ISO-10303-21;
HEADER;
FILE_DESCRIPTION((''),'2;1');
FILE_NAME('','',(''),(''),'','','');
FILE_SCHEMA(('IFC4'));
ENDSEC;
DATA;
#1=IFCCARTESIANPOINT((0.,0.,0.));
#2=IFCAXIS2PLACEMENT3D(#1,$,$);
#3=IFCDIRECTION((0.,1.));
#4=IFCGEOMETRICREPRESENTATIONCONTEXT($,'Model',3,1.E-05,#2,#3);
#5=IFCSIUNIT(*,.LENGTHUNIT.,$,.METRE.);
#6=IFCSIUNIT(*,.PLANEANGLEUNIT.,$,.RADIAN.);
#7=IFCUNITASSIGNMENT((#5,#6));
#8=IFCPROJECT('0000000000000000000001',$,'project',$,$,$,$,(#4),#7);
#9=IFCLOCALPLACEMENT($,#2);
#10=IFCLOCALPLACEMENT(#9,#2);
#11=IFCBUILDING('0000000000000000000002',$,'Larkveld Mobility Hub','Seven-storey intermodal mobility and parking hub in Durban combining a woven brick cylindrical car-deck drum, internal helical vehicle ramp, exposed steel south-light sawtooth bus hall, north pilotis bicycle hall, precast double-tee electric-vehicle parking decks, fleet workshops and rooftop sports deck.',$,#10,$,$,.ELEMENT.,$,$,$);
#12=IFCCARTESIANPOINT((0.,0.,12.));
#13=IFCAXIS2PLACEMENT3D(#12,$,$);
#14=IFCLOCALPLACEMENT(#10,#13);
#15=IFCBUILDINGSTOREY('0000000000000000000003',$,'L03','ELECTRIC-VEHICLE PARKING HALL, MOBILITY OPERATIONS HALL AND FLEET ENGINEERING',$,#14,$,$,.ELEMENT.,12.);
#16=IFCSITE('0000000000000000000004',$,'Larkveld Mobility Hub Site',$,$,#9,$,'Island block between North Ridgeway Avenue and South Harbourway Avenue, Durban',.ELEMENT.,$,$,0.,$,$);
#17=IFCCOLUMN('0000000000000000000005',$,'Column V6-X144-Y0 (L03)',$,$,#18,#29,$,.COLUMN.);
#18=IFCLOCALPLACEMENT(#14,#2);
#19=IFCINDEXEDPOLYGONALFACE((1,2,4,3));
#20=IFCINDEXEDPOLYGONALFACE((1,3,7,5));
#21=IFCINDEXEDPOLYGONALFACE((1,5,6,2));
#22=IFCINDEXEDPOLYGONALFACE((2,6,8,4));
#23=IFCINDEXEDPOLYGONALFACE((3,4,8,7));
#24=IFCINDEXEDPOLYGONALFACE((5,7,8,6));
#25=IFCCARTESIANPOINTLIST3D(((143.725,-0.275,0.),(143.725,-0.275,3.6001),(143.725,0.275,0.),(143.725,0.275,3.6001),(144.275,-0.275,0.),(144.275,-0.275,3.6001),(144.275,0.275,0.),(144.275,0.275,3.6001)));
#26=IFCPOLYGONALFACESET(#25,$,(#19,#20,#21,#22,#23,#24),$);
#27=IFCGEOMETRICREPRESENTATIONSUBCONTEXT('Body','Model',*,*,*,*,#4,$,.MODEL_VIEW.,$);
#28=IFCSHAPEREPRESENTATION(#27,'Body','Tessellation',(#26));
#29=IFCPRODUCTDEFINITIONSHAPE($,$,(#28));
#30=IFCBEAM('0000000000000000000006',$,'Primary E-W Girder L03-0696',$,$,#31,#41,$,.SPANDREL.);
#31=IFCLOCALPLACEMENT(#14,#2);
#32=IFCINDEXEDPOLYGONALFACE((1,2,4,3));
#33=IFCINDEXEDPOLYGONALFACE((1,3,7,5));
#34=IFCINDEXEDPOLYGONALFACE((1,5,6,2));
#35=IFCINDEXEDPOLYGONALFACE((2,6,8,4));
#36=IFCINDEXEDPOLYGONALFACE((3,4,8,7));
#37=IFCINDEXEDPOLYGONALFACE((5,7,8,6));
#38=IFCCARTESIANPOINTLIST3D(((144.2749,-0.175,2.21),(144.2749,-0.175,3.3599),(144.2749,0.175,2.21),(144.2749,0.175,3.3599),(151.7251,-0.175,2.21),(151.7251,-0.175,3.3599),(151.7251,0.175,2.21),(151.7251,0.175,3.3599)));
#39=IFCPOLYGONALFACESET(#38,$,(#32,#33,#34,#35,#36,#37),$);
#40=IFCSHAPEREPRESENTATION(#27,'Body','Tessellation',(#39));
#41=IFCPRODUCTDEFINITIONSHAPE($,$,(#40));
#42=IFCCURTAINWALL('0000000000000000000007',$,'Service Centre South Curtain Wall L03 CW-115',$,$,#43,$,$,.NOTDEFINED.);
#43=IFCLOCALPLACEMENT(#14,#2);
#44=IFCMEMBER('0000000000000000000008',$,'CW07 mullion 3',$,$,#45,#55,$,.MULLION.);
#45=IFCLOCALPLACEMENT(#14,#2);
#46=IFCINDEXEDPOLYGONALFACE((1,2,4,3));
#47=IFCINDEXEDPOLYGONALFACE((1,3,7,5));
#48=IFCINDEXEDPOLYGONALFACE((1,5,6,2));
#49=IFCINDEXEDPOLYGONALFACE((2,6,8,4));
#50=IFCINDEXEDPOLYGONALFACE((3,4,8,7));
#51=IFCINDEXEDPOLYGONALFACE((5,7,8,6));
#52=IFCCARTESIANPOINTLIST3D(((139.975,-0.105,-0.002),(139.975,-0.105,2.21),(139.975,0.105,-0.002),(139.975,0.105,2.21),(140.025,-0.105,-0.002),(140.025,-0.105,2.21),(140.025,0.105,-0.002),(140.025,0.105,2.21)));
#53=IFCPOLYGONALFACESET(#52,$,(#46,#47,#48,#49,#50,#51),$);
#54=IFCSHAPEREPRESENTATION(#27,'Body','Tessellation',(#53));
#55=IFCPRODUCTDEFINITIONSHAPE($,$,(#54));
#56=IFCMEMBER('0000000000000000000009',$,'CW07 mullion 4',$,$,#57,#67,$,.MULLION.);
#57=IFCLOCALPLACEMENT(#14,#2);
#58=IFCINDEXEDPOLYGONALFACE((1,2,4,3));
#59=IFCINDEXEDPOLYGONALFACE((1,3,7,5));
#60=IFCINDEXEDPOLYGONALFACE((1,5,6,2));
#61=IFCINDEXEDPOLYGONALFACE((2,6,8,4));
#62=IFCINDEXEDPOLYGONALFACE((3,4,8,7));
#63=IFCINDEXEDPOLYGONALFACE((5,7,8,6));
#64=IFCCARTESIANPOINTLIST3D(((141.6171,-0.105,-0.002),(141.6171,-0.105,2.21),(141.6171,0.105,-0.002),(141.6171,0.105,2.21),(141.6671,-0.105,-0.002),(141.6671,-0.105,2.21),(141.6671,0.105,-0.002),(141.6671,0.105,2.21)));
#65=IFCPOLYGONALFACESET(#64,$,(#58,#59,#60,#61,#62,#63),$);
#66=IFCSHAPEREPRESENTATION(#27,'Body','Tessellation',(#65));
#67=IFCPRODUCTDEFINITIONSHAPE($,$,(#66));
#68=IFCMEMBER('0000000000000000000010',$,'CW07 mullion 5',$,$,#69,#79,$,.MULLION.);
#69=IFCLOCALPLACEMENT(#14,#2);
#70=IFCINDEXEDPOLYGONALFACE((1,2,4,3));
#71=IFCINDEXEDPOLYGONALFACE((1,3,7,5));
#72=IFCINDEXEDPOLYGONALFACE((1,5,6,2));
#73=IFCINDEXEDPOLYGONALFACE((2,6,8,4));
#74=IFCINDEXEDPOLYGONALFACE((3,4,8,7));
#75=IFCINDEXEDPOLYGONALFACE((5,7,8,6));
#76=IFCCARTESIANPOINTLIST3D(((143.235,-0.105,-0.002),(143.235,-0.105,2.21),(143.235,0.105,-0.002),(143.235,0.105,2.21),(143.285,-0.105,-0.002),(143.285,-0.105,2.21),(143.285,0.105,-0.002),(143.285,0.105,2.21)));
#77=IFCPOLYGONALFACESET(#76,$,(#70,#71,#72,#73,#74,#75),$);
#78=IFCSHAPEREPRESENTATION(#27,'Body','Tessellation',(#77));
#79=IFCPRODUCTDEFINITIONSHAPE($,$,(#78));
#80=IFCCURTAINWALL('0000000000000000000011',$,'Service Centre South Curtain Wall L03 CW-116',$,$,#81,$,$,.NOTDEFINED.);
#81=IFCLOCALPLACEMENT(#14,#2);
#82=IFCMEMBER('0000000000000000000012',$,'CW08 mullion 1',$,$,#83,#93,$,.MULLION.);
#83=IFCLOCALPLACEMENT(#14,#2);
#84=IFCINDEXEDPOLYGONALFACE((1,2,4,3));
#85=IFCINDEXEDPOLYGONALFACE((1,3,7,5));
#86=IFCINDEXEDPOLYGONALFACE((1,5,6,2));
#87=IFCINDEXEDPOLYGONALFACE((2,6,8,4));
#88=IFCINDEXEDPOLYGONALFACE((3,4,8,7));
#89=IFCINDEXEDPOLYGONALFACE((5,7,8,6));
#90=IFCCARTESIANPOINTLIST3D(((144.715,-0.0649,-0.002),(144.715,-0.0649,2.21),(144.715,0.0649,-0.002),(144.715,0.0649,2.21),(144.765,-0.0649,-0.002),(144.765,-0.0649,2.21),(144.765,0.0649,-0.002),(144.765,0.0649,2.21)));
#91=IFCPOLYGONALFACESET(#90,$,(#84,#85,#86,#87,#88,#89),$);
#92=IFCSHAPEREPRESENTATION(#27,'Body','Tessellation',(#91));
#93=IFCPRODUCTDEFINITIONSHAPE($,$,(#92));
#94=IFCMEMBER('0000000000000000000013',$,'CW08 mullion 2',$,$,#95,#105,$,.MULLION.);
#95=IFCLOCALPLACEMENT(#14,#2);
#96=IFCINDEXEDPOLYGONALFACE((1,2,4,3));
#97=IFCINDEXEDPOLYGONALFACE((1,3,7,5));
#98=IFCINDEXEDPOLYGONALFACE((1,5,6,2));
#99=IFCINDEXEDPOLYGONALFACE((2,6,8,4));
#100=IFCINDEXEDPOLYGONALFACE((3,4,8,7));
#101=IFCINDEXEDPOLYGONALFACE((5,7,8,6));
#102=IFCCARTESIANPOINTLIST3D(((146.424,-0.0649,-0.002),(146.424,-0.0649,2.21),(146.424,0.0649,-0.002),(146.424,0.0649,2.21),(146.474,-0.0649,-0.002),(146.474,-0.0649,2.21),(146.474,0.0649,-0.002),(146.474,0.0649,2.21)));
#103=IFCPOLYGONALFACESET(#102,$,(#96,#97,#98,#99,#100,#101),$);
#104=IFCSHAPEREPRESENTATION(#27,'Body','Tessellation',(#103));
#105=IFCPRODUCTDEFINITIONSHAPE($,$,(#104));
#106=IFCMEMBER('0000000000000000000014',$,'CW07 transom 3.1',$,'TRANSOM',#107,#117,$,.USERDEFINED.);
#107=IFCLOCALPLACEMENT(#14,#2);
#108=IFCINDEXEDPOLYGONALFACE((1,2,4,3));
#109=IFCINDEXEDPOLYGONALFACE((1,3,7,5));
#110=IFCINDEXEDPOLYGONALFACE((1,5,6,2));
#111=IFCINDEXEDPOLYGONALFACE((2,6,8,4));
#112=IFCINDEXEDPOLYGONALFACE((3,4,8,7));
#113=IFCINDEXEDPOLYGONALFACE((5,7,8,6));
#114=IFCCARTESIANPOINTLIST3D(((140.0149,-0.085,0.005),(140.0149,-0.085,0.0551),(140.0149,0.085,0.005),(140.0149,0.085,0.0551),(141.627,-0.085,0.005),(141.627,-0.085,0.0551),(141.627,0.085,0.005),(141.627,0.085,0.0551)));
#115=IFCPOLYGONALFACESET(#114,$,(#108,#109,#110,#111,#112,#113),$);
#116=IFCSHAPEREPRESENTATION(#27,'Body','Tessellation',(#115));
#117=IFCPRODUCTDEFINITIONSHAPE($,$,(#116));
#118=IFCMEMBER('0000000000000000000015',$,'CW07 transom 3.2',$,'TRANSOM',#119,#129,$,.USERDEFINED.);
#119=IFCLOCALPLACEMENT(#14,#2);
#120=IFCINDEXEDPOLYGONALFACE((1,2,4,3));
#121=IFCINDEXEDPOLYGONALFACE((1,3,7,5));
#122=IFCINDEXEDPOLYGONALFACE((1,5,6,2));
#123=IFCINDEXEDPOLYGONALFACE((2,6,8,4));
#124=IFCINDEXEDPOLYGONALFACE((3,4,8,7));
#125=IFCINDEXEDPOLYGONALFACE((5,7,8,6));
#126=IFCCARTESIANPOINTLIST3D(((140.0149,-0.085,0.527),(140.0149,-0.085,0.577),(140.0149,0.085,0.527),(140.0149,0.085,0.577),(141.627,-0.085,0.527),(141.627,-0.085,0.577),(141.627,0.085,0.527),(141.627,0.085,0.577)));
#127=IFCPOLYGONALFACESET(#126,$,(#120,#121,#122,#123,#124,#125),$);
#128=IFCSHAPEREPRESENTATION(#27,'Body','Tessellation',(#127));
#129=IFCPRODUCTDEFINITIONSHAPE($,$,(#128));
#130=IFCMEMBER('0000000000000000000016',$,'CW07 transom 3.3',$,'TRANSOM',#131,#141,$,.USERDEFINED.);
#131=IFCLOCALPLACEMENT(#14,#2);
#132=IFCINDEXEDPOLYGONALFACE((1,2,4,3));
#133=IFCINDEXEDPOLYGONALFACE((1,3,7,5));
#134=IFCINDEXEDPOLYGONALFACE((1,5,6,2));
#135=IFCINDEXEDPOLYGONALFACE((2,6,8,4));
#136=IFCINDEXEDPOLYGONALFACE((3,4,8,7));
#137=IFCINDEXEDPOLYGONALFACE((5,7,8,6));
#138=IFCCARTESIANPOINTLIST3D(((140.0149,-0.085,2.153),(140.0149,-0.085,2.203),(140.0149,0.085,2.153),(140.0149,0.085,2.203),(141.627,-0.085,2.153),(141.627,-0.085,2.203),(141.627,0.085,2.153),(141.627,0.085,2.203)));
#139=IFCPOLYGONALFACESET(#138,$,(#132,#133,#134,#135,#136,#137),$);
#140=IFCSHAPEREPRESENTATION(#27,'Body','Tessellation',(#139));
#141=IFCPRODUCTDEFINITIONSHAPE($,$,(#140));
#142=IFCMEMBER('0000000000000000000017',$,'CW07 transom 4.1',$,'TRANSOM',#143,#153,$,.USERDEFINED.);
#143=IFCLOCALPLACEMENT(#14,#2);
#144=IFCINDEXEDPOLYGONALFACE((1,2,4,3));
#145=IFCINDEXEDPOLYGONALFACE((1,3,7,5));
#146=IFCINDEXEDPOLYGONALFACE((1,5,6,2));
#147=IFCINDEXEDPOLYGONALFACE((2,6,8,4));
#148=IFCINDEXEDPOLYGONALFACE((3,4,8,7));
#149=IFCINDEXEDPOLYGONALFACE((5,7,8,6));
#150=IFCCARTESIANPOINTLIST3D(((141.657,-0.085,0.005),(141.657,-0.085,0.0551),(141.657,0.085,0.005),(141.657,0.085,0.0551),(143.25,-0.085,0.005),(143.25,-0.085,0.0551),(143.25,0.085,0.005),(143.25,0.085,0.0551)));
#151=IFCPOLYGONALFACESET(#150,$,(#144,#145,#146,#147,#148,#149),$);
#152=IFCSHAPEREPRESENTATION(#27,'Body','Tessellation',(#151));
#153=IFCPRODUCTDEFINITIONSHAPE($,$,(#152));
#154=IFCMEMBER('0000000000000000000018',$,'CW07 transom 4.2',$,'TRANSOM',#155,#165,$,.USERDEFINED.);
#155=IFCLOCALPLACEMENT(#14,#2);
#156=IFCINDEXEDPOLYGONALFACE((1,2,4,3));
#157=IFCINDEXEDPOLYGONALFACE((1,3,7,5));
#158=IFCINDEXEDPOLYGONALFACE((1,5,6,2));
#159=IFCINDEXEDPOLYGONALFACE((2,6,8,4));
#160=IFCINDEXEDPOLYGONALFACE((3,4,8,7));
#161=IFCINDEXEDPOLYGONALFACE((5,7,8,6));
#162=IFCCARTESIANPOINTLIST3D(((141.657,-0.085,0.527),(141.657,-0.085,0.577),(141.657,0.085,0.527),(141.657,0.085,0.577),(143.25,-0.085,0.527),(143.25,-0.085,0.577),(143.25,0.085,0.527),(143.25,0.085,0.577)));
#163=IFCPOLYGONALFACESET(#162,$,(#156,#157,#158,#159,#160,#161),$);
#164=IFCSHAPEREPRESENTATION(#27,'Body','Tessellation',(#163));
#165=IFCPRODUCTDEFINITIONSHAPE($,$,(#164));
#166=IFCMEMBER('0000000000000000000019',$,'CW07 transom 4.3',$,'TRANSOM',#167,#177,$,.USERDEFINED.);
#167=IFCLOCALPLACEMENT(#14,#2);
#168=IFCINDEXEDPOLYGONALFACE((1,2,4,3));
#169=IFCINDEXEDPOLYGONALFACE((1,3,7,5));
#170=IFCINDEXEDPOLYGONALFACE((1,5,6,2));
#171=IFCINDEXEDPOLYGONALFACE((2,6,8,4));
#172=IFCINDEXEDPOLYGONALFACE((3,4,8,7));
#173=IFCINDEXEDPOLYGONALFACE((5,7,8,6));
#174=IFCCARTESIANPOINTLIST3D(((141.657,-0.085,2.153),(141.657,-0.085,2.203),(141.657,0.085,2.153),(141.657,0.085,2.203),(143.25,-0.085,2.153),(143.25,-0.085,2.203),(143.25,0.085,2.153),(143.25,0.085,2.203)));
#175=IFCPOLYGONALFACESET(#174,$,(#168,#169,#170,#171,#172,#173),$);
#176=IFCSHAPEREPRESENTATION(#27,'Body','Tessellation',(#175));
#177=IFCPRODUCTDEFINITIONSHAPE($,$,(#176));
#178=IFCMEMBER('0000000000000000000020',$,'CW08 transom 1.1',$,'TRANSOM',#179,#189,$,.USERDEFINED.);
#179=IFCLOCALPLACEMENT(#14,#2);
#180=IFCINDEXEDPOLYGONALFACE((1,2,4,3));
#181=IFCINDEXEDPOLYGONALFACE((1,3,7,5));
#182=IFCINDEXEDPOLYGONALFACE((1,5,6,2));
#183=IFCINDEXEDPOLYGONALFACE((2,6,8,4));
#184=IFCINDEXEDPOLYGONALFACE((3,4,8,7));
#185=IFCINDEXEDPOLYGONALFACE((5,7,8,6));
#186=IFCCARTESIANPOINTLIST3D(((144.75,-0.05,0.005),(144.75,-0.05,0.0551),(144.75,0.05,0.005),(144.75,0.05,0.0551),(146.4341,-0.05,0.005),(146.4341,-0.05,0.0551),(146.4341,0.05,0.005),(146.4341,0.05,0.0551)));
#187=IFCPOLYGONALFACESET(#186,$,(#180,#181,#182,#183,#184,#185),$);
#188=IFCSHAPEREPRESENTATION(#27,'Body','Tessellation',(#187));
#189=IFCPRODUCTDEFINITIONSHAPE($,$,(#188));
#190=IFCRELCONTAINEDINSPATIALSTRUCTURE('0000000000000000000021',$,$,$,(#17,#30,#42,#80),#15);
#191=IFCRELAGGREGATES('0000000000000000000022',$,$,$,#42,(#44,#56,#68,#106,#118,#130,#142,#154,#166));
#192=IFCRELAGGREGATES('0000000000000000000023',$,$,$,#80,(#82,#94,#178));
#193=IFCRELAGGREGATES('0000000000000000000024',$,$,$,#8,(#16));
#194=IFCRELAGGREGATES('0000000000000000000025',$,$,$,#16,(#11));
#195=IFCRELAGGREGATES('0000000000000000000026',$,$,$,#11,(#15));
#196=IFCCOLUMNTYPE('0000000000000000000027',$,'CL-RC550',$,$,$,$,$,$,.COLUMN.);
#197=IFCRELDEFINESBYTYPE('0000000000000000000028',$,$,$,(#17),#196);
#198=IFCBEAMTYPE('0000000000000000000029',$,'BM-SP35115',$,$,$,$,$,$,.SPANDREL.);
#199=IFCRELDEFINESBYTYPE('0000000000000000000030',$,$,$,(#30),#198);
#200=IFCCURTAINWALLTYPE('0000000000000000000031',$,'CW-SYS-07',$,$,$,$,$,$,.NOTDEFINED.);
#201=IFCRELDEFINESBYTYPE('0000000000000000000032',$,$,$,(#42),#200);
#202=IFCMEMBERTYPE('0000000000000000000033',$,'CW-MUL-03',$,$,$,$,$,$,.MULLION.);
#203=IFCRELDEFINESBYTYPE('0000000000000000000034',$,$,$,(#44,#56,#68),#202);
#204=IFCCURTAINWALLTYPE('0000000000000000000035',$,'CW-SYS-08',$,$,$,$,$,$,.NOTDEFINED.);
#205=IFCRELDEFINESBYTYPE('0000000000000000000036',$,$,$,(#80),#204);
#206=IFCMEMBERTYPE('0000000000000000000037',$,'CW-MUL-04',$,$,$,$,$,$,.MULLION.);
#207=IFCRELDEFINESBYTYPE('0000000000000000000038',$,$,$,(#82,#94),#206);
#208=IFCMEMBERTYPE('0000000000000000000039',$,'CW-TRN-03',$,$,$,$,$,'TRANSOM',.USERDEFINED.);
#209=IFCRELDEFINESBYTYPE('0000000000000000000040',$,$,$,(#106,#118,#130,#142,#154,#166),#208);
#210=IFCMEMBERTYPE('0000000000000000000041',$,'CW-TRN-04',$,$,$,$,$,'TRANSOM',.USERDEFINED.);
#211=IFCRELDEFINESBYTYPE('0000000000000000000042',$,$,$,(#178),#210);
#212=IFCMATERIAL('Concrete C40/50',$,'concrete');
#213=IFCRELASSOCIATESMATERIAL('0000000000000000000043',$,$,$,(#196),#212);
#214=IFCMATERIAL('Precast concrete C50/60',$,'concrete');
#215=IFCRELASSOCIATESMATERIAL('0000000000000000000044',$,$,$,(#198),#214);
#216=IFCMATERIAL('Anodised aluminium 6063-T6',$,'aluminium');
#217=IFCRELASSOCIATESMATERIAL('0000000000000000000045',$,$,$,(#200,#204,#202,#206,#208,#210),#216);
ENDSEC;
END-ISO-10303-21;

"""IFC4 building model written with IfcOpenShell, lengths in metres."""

from ifc_helpers import new_model, si_unit, direction, frame, origin, origin_2d, place, context, subcontext, project, spatial, rectangle, extrude, material, material_profile, profile_set, type_object, element, aggregate, save


model = new_model("IFC4")

# Units and contexts
model_context = context("Model", 3, precision=1e-05, world=origin(), true_north=direction((0.0, 1.0)))
body_context = subcontext(model_context, "Body", "Model", "MODEL_VIEW")
ifc_project = project(units=[si_unit("LENGTHUNIT", "METRE"), si_unit("PLANEANGLEUNIT", "RADIAN")], contexts=[model_context])

# Site, building, storey
site_placement = place(None, origin())
site = spatial("IfcSite", under=ifc_project, at=site_placement, Name="Larkveld Mobility Hub Site", LongName="Island block between North Ridgeway Avenue and South Harbourway Avenue, Durban", CompositionType="ELEMENT", RefElevation=0.0)
building_placement = place(site_placement, origin())
building = spatial("IfcBuilding", under=site, at=building_placement, Name="Larkveld Mobility Hub", Description="Seven-storey intermodal mobility and parking hub in Durban combining a woven brick cylindrical car-deck drum, internal helical vehicle ramp, exposed steel south-light sawtooth bus hall, north pilotis bicycle hall, precast double-tee electric-vehicle parking decks, fleet workshops and rooftop sports deck.", CompositionType="ELEMENT")
storey_placement = place(building_placement, frame((0.0, 0.0, 12.0)))
storey = spatial("IfcBuildingStorey", under=building, at=storey_placement, Name="L03", Description="ELECTRIC-VEHICLE PARKING HALL, MOBILITY OPERATIONS HALL AND FLEET ENGINEERING", CompositionType="ELEMENT", Elevation=12.0)

# Column
ifc_material_1 = material(Name="Concrete C40/50", Category="concrete")
ifc_material_profile_1 = material_profile(ifc_material_1, rectangle(XDim=0.55, YDim=0.55, at=origin_2d()), Name="RC COL 550x550")
ifc_profile_set_1 = profile_set([ifc_material_profile_1], Name="Concrete C40/50")
column_type = type_object("IfcColumnType", Name="CL-RC550", PredefinedType="COLUMN", material=ifc_profile_set_1)
column_placement = place(storey_placement, frame((144.0, 0.0, 0.0), z_axis=(0.0, 0.0, 1.0), x_axis=(1.0, 0.0, 0.0)))
element("IfcColumn", 1, at=column_placement, inside=storey, type_object=column_type, Name="Column V6-X144-Y0 (L03)", PredefinedType="COLUMN", context=body_context, shape_type="SweptSolid", body=[
    extrude(rectangle(XDim=0.55, YDim=0.55, at=origin_2d()), origin(), (0.0, 0.0, 1.0), 3.6001),
])

# Beam
ifc_material_2 = material(Name="Precast concrete C50/60", Category="concrete")
ifc_material_profile_2 = material_profile(ifc_material_2, rectangle(XDim=0.3501, YDim=1.1499, at=origin_2d()), Name="PC SP 350x1150")
ifc_profile_set_2 = profile_set([ifc_material_profile_2], Name="Precast concrete C50/60")
beam_type = type_object("IfcBeamType", Name="BM-SP35115", PredefinedType="SPANDREL", material=ifc_profile_set_2)
beam_placement = place(storey_placement, frame((144.2749, 0.0, 2.7849), z_axis=(1.0, 0.0, 0.0), x_axis=(0.0, 1.0, 0.0)))
element("IfcBeam", 2, at=beam_placement, inside=storey, type_object=beam_type, Name="Primary E-W Girder L03-0696", PredefinedType="SPANDREL", context=body_context, shape_type="SweptSolid", body=[
    extrude(rectangle(XDim=0.3501, YDim=1.1499, at=origin_2d()), origin(), (0.0, 0.0, 1.0), 7.4502),
])

# Curtain walls, members
ifc_material_3 = material(Name="Anodised aluminium 6063-T6", Category="aluminium")
curtain_wall_type_1 = type_object("IfcCurtainWallType", Name="CW-SYS-07", PredefinedType="NOTDEFINED", material=ifc_material_3)
curtain_wall_1_placement = place(storey_placement, origin())
curtain_wall_1 = element("IfcCurtainWall", 3, at=curtain_wall_1_placement, inside=storey, type_object=curtain_wall_type_1, Name="Service Centre South Curtain Wall L03 CW-115", PredefinedType="NOTDEFINED")
ifc_material_profile_3 = material_profile(ifc_material_3, rectangle(XDim=0.05, YDim=0.21, at=origin_2d()), Name="ALU MULL 50x210")
ifc_profile_set_3 = profile_set([ifc_material_profile_3], Name="Anodised aluminium 6063-T6")
member_type_1 = type_object("IfcMemberType", Name="CW-MUL-03", PredefinedType="MULLION", material=ifc_profile_set_3)
member_1_placement = place(storey_placement, frame((140.0, 0.0, -0.002), z_axis=(0.0, 0.0, 1.0), x_axis=(1.0, 0.0, 0.0)))
member_1 = element("IfcMember", 4, at=member_1_placement, type_object=member_type_1, Name="CW07 mullion 3", PredefinedType="MULLION", context=body_context, shape_type="SweptSolid", body=[
    extrude(rectangle(XDim=0.05, YDim=0.21, at=origin_2d()), origin(), (0.0, 0.0, 1.0), 2.2119),
])
member_2_placement = place(storey_placement, frame((141.6421, 0.0, -0.002), z_axis=(0.0, 0.0, 1.0), x_axis=(1.0, 0.0, 0.0)))
member_2 = element("IfcMember", 5, at=member_2_placement, type_object=member_type_1, Name="CW07 mullion 4", PredefinedType="MULLION", context=body_context, shape_type="SweptSolid", body=[
    extrude(rectangle(XDim=0.05, YDim=0.21, at=origin_2d()), origin(), (0.0, 0.0, 1.0), 2.2119),
])
member_3_placement = place(storey_placement, frame((143.26, 0.0, -0.002), z_axis=(0.0, 0.0, 1.0), x_axis=(1.0, 0.0, 0.0)))
member_3 = element("IfcMember", 6, at=member_3_placement, type_object=member_type_1, Name="CW07 mullion 5", PredefinedType="MULLION", context=body_context, shape_type="SweptSolid", body=[
    extrude(rectangle(XDim=0.05, YDim=0.21, at=origin_2d()), origin(), (0.0, 0.0, 1.0), 2.2119),
])
curtain_wall_type_2 = type_object("IfcCurtainWallType", Name="CW-SYS-08", PredefinedType="NOTDEFINED", material=ifc_material_3)
curtain_wall_2_placement = place(storey_placement, origin())
curtain_wall_2 = element("IfcCurtainWall", 7, at=curtain_wall_2_placement, inside=storey, type_object=curtain_wall_type_2, Name="Service Centre South Curtain Wall L03 CW-116", PredefinedType="NOTDEFINED")
ifc_material_profile_4 = material_profile(ifc_material_3, rectangle(XDim=0.05, YDim=0.1299, at=origin_2d()), Name="ALU MULL 50x130")
ifc_profile_set_4 = profile_set([ifc_material_profile_4], Name="Anodised aluminium 6063-T6")
member_type_2 = type_object("IfcMemberType", Name="CW-MUL-04", PredefinedType="MULLION", material=ifc_profile_set_4)
member_4_placement = place(storey_placement, frame((144.74, 0.0, -0.002), z_axis=(0.0, 0.0, 1.0), x_axis=(1.0, 0.0, 0.0)))
member_4 = element("IfcMember", 8, at=member_4_placement, type_object=member_type_2, Name="CW08 mullion 1", PredefinedType="MULLION", context=body_context, shape_type="SweptSolid", body=[
    extrude(rectangle(XDim=0.05, YDim=0.1299, at=origin_2d()), origin(), (0.0, 0.0, 1.0), 2.2119),
])
member_5_placement = place(storey_placement, frame((146.449, 0.0, -0.002), z_axis=(0.0, 0.0, 1.0), x_axis=(1.0, 0.0, 0.0)))
member_5 = element("IfcMember", 9, at=member_5_placement, type_object=member_type_2, Name="CW08 mullion 2", PredefinedType="MULLION", context=body_context, shape_type="SweptSolid", body=[
    extrude(rectangle(XDim=0.05, YDim=0.1299, at=origin_2d()), origin(), (0.0, 0.0, 1.0), 2.2119),
])

# Members
ifc_material_profile_5 = material_profile(ifc_material_3, rectangle(XDim=0.1699, YDim=0.05, at=origin_2d()), Name="ALU TRAN 50x170")
ifc_profile_set_5 = profile_set([ifc_material_profile_5], Name="Anodised aluminium 6063-T6")
member_type_3 = type_object("IfcMemberType", Name="CW-TRN-03", ElementType="TRANSOM", PredefinedType="USERDEFINED", material=ifc_profile_set_5)
member_6_placement = place(storey_placement, frame((140.0149, 0.0, 0.03), z_axis=(1.0, 0.0, 0.0), x_axis=(0.0, 1.0, 0.0)))
member_6 = element("IfcMember", 10, at=member_6_placement, type_object=member_type_3, Name="CW07 transom 3.1", ObjectType="TRANSOM", PredefinedType="USERDEFINED", context=body_context, shape_type="SweptSolid", body=[
    extrude(rectangle(XDim=0.1699, YDim=0.05, at=origin_2d()), origin(), (0.0, 0.0, 1.0), 1.6121),
])
member_7_placement = place(storey_placement, frame((140.0149, 0.0, 0.552), z_axis=(1.0, 0.0, 0.0), x_axis=(0.0, 1.0, 0.0)))
member_7 = element("IfcMember", 11, at=member_7_placement, type_object=member_type_3, Name="CW07 transom 3.2", ObjectType="TRANSOM", PredefinedType="USERDEFINED", context=body_context, shape_type="SweptSolid", body=[
    extrude(rectangle(XDim=0.1699, YDim=0.05, at=origin_2d()), origin(), (0.0, 0.0, 1.0), 1.6121),
])
member_8_placement = place(storey_placement, frame((140.0149, 0.0, 2.178), z_axis=(1.0, 0.0, 0.0), x_axis=(0.0, 1.0, 0.0)))
member_8 = element("IfcMember", 12, at=member_8_placement, type_object=member_type_3, Name="CW07 transom 3.3", ObjectType="TRANSOM", PredefinedType="USERDEFINED", context=body_context, shape_type="SweptSolid", body=[
    extrude(rectangle(XDim=0.1699, YDim=0.05, at=origin_2d()), origin(), (0.0, 0.0, 1.0), 1.6121),
])
member_9_placement = place(storey_placement, frame((141.657, 0.0, 0.03), z_axis=(1.0, 0.0, 0.0), x_axis=(0.0, 1.0, 0.0)))
member_9 = element("IfcMember", 13, at=member_9_placement, type_object=member_type_3, Name="CW07 transom 4.1", ObjectType="TRANSOM", PredefinedType="USERDEFINED", context=body_context, shape_type="SweptSolid", body=[
    extrude(rectangle(XDim=0.1699, YDim=0.05, at=origin_2d()), origin(), (0.0, 0.0, 1.0), 1.593),
])
member_10_placement = place(storey_placement, frame((141.657, 0.0, 0.552), z_axis=(1.0, 0.0, 0.0), x_axis=(0.0, 1.0, 0.0)))
member_10 = element("IfcMember", 14, at=member_10_placement, type_object=member_type_3, Name="CW07 transom 4.2", ObjectType="TRANSOM", PredefinedType="USERDEFINED", context=body_context, shape_type="SweptSolid", body=[
    extrude(rectangle(XDim=0.1699, YDim=0.05, at=origin_2d()), origin(), (0.0, 0.0, 1.0), 1.593),
])
member_11_placement = place(storey_placement, frame((141.657, 0.0, 2.178), z_axis=(1.0, 0.0, 0.0), x_axis=(0.0, 1.0, 0.0)))
member_11 = element("IfcMember", 15, at=member_11_placement, type_object=member_type_3, Name="CW07 transom 4.3", ObjectType="TRANSOM", PredefinedType="USERDEFINED", context=body_context, shape_type="SweptSolid", body=[
    extrude(rectangle(XDim=0.1699, YDim=0.05, at=origin_2d()), origin(), (0.0, 0.0, 1.0), 1.593),
])
ifc_material_profile_6 = material_profile(ifc_material_3, rectangle(XDim=0.1001, YDim=0.05, at=origin_2d()), Name="ALU TRAN 50x100")
ifc_profile_set_6 = profile_set([ifc_material_profile_6], Name="Anodised aluminium 6063-T6")
member_type_4 = type_object("IfcMemberType", Name="CW-TRN-04", ElementType="TRANSOM", PredefinedType="USERDEFINED", material=ifc_profile_set_6)
member_12_placement = place(storey_placement, frame((144.75, 0.0, 0.03), z_axis=(1.0, 0.0, 0.0), x_axis=(0.0, 1.0, 0.0)))
member_12 = element("IfcMember", 16, at=member_12_placement, type_object=member_type_4, Name="CW08 transom 1.1", ObjectType="TRANSOM", PredefinedType="USERDEFINED", context=body_context, shape_type="SweptSolid", body=[
    extrude(rectangle(XDim=0.1001, YDim=0.05, at=origin_2d()), origin(), (0.0, 0.0, 1.0), 1.6841),
])

aggregate(curtain_wall_1, [member_1, member_2, member_3, member_6, member_7, member_8, member_9, member_10, member_11])
aggregate(curtain_wall_2, [member_4, member_5, member_12])

save(model, "model.ifc")
